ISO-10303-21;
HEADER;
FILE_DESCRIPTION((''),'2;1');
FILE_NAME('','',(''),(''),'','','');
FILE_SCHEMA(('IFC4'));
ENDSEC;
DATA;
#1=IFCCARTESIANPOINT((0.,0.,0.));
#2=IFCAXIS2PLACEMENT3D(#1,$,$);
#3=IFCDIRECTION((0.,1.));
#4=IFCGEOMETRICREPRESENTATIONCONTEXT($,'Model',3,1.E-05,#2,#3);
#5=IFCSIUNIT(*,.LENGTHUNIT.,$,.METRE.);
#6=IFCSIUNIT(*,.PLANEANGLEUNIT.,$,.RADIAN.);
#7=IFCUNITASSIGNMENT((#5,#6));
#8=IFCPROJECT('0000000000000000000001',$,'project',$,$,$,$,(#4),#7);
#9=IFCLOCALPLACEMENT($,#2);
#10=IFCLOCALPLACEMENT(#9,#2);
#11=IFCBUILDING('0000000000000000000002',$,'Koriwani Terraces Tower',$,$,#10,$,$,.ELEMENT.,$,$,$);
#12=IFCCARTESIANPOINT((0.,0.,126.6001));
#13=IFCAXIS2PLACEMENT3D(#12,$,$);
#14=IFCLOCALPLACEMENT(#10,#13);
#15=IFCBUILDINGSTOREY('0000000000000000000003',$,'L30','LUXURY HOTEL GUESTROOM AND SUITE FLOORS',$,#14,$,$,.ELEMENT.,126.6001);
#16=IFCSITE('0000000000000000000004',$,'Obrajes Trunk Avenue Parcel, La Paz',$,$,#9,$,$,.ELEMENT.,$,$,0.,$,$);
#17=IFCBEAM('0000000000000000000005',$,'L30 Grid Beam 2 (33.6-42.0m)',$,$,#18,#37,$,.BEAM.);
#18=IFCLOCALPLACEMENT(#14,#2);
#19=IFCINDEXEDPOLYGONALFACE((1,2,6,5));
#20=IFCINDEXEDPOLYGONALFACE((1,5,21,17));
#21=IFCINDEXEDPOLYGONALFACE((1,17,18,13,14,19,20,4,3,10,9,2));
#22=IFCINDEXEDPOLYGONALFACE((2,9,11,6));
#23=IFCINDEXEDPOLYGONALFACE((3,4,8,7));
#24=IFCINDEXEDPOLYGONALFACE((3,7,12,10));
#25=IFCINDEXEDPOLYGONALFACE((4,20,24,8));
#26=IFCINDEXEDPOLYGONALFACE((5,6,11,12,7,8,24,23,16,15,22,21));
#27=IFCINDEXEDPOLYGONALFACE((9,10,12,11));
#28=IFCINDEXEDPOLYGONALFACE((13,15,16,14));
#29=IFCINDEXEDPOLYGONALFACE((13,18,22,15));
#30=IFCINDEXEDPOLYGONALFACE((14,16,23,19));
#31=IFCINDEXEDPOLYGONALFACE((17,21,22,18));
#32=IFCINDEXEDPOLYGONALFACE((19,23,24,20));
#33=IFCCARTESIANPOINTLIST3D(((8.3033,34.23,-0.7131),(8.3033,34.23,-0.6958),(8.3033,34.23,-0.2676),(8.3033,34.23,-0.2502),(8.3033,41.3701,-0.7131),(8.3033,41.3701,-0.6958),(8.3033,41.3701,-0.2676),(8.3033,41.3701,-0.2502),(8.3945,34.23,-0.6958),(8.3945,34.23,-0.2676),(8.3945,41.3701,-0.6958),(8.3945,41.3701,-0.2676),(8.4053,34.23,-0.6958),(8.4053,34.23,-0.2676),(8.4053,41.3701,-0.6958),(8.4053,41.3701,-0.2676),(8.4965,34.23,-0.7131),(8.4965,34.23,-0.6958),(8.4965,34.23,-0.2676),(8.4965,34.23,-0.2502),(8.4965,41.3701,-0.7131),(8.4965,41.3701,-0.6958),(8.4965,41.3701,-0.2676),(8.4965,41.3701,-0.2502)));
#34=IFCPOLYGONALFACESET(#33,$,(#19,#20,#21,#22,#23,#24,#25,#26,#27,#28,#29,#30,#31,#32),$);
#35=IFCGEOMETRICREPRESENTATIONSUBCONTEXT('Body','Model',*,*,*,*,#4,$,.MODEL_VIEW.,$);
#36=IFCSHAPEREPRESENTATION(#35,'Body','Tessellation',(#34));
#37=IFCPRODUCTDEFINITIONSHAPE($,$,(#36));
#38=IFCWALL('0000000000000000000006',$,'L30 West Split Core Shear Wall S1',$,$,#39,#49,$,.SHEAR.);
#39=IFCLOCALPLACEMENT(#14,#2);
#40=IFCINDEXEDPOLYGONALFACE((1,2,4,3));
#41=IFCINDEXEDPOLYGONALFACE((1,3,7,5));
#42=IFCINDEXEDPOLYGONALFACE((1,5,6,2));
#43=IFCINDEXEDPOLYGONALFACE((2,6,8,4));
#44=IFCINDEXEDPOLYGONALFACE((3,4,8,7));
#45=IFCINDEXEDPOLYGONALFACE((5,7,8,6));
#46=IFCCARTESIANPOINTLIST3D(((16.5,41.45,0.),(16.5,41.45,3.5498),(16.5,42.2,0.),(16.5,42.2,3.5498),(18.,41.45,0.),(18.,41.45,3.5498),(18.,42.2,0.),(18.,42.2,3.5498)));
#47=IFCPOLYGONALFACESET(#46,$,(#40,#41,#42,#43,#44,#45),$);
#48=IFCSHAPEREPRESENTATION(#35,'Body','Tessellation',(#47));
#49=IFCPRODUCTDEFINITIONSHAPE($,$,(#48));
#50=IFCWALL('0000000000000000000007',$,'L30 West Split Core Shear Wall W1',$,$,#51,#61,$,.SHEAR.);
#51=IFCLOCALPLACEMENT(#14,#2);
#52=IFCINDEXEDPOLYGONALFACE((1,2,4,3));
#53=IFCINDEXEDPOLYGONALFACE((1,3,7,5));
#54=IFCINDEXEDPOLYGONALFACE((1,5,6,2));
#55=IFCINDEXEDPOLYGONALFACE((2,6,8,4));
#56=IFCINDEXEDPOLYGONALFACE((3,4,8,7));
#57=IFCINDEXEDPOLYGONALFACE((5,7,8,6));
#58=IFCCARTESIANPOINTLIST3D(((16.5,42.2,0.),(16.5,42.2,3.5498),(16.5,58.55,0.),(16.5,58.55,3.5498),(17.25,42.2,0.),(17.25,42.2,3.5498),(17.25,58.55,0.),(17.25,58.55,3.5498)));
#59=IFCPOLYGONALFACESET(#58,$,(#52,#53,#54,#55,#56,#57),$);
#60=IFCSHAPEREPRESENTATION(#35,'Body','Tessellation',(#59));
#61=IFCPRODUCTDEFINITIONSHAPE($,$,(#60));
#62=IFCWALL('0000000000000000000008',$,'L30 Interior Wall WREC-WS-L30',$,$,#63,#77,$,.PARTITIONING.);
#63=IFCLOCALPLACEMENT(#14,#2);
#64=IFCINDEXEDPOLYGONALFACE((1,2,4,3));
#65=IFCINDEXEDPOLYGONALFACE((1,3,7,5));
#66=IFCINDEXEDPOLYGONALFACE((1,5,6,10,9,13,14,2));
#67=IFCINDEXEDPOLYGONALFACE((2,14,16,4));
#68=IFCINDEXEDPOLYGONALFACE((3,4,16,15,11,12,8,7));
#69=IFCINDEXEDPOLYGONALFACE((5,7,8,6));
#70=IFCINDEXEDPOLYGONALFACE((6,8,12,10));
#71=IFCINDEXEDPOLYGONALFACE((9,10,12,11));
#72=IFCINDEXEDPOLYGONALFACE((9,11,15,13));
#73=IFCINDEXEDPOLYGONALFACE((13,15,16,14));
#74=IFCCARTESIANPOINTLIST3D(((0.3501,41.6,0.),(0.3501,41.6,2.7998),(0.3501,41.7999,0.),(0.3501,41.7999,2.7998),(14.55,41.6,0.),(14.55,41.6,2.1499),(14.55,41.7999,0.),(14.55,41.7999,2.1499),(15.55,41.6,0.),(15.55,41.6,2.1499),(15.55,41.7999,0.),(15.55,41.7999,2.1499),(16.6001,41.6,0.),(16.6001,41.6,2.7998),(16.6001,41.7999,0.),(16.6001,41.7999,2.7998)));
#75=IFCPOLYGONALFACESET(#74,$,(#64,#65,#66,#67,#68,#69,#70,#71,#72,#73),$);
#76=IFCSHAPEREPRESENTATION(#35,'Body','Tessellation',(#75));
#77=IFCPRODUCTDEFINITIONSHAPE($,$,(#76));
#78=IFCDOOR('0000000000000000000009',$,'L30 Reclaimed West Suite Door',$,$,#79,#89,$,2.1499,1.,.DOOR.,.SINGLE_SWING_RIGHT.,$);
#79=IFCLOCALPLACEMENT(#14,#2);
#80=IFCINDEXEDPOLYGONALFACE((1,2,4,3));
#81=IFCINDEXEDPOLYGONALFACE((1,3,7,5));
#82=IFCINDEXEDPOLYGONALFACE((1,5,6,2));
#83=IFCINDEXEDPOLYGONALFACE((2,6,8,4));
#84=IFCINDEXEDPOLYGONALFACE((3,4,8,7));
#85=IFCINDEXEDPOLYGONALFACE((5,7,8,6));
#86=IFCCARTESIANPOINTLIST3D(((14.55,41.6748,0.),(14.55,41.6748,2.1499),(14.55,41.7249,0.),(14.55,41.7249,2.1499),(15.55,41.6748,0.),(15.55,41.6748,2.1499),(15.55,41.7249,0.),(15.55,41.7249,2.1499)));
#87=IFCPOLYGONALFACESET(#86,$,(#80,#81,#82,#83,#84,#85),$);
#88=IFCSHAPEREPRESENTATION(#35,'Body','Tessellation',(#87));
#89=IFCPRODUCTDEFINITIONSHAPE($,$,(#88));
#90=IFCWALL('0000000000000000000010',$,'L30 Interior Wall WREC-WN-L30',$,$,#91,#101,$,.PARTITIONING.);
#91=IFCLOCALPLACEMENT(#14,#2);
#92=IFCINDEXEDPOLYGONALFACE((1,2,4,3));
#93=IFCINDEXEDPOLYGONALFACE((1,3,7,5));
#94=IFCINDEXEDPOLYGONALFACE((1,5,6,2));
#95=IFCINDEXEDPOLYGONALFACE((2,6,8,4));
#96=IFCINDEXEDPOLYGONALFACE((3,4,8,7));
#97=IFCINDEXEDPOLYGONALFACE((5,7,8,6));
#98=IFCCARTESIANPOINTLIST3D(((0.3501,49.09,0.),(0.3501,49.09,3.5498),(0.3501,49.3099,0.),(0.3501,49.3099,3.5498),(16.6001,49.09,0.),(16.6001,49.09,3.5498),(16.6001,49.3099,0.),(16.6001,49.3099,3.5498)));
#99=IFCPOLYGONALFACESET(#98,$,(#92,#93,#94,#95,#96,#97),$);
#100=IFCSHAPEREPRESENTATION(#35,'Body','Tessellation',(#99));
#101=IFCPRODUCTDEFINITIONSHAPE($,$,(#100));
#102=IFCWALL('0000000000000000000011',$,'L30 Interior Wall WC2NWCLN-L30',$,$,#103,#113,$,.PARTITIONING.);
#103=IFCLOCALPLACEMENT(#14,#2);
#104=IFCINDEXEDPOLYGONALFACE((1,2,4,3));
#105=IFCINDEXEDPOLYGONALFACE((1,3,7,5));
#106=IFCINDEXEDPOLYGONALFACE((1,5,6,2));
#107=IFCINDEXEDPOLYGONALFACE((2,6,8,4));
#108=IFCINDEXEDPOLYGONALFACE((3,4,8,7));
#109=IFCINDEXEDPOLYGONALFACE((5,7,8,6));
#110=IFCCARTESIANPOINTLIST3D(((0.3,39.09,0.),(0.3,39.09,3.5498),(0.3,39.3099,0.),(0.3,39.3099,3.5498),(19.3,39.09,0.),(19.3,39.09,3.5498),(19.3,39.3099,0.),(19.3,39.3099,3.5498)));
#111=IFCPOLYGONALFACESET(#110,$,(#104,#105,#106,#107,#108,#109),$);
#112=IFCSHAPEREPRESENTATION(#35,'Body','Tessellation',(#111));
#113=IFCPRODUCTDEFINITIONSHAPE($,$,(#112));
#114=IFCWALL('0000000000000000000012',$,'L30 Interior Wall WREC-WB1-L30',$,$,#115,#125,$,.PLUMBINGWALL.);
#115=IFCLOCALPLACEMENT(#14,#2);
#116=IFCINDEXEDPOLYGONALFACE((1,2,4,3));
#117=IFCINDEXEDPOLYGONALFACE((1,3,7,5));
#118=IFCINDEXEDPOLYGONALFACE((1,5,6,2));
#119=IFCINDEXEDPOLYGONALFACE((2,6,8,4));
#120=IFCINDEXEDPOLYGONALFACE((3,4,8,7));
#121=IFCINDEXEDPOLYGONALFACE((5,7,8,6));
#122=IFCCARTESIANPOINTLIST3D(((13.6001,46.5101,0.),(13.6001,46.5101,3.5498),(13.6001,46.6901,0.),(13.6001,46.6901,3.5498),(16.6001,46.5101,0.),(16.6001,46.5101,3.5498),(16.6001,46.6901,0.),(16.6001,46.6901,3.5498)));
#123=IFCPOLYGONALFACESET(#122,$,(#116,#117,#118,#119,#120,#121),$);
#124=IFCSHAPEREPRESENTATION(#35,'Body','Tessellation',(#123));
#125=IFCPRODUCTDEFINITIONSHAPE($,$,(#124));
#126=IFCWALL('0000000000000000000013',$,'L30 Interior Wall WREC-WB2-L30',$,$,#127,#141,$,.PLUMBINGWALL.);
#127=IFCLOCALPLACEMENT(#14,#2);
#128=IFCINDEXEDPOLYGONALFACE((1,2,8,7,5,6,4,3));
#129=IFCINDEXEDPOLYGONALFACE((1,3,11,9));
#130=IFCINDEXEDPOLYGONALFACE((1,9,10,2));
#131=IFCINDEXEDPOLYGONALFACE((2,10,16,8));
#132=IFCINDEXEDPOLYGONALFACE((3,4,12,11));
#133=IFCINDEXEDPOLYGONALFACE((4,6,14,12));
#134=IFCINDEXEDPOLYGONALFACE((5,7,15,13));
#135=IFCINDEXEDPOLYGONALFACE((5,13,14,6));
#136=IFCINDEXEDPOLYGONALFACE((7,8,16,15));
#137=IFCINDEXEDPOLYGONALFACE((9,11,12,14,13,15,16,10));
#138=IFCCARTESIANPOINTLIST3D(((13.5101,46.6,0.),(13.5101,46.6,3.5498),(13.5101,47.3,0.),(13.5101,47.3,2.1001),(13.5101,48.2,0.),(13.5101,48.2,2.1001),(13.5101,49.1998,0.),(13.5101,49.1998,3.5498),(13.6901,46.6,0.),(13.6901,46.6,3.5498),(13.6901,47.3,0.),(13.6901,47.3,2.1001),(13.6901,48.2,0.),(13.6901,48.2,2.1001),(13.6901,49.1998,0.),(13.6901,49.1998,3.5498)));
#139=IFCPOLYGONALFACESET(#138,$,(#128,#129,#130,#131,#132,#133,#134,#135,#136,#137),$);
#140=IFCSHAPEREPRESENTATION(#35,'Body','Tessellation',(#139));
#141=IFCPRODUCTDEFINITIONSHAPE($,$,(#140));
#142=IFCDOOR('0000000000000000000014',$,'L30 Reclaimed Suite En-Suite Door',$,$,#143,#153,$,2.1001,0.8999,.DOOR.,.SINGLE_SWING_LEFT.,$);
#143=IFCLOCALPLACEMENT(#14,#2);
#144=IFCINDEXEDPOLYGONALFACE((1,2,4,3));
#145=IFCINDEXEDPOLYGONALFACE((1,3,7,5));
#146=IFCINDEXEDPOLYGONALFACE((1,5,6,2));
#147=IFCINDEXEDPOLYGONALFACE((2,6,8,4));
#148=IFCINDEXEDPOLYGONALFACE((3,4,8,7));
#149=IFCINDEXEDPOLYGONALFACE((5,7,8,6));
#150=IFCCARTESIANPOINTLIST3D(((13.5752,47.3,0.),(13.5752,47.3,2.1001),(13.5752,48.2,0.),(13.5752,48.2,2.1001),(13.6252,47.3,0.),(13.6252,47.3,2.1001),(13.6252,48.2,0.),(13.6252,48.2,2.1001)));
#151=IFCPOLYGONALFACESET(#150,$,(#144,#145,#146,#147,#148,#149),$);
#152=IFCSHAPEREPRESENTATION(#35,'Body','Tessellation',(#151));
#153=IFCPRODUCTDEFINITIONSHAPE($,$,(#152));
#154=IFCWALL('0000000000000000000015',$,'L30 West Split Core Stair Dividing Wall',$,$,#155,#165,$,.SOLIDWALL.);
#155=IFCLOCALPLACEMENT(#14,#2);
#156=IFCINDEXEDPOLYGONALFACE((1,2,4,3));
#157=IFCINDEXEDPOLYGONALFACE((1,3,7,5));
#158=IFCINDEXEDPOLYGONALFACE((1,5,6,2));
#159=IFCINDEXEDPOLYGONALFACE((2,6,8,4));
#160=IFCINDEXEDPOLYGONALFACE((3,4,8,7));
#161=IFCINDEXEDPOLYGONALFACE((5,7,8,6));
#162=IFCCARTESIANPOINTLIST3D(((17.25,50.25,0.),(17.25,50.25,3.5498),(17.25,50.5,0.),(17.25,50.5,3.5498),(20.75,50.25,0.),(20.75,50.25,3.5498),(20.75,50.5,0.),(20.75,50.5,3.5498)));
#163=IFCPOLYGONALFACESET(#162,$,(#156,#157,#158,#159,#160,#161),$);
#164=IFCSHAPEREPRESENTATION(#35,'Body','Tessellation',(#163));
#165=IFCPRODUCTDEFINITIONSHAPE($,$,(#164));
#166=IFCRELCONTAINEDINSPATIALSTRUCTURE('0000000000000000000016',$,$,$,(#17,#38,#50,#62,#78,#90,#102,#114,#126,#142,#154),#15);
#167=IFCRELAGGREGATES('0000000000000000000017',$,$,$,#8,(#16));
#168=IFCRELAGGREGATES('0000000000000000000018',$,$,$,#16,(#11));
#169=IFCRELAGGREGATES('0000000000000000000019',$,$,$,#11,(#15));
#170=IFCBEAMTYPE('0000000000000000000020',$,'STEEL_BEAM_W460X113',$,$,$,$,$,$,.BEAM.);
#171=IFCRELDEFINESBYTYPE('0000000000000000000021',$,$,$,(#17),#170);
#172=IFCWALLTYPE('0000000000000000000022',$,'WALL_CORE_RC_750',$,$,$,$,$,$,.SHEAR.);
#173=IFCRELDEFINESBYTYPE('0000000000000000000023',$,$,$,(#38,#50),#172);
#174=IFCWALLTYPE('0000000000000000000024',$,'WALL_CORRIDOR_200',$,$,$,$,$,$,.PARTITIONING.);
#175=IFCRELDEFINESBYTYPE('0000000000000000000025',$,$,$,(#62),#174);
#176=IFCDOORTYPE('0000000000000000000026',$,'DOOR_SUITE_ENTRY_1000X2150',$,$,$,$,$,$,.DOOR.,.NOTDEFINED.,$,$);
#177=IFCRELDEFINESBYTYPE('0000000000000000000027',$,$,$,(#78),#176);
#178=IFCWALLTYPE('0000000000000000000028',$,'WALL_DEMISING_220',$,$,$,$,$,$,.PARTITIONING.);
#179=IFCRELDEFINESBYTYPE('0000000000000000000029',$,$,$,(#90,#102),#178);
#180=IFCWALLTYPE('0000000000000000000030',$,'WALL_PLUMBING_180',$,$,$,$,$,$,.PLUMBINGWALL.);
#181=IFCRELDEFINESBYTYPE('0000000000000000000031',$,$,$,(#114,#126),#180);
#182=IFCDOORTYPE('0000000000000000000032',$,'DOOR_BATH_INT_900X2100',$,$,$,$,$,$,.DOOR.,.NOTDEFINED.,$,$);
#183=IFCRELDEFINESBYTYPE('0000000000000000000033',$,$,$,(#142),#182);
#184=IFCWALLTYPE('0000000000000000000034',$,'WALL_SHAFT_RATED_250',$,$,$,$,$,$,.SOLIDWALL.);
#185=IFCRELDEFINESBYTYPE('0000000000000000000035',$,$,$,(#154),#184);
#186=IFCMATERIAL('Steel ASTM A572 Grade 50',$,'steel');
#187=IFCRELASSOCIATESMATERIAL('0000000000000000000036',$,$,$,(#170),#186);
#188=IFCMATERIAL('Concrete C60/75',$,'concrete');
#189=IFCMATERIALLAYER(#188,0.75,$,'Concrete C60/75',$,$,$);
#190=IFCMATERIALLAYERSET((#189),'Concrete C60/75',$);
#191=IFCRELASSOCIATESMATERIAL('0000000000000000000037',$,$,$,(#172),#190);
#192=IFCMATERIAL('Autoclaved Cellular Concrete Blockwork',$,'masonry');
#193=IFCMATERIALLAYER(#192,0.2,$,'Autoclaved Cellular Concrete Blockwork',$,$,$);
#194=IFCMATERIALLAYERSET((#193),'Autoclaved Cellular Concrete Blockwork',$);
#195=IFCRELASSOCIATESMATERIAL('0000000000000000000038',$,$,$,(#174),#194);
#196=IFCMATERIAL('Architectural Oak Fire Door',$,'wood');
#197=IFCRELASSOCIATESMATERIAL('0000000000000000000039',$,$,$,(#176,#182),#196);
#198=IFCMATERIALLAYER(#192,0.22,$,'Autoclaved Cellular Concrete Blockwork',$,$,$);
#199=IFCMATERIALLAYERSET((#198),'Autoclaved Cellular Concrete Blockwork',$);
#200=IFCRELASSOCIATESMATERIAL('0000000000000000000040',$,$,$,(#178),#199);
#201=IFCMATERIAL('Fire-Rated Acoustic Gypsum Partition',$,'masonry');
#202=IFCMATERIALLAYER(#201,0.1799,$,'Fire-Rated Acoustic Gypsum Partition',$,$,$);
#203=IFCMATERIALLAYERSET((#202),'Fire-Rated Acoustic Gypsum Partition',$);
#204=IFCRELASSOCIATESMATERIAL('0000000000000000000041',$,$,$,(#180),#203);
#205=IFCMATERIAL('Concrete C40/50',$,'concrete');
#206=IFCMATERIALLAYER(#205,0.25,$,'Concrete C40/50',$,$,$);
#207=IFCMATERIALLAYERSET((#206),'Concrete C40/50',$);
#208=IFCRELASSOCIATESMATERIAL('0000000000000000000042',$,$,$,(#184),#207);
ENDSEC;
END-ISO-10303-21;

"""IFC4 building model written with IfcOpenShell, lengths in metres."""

from ifc_helpers import new_model, si_unit, direction, frame, frame_2d, origin, origin_2d, place, context, subcontext, project, spatial, rectangle, i_section, extrude, material, layer, layer_set, material_profile, profile_set, type_object, element, fill, save


model = new_model("IFC4")

# Units and contexts
model_context = context("Model", 3, precision=1e-05, world=origin(), true_north=direction((0.0, 1.0)))
body_context = subcontext(model_context, "Body", "Model", "MODEL_VIEW")
ifc_project = project(units=[si_unit("LENGTHUNIT", "METRE"), si_unit("PLANEANGLEUNIT", "RADIAN")], contexts=[model_context])

# Site, building, storey
site_placement = place(None, origin())
site = spatial("IfcSite", under=ifc_project, at=site_placement, Name="Obrajes Trunk Avenue Parcel, La Paz", CompositionType="ELEMENT", RefElevation=0.0)
building_placement = place(site_placement, origin())
building = spatial("IfcBuilding", under=site, at=building_placement, Name="Koriwani Terraces Tower", CompositionType="ELEMENT")
storey_placement = place(building_placement, frame((0.0, 0.0, 126.6001)))
storey = spatial("IfcBuildingStorey", under=building, at=storey_placement, Name="L30", Description="LUXURY HOTEL GUESTROOM AND SUITE FLOORS", CompositionType="ELEMENT", Elevation=126.6001)

# Shared definitions
ifc_material_1 = material(Name="Concrete C60/75", Category="concrete")

# Beam
ifc_material_2 = material(Name="Concrete C40/50", Category="concrete")
ifc_material_3 = material(Name="Steel ASTM A572 Grade 50", Category="steel")
ifc_material_profile_1 = material_profile(ifc_material_3, i_section(OverallWidth=0.1931, OverallDepth=0.4629, WebThickness=0.0107, FlangeThickness=0.0173, at=origin_2d()), Name="Steel ASTM A572 Grade 50", Category="LoadBearing")
ifc_profile_set_1 = profile_set([ifc_material_profile_1], Name="Steel ASTM A572 Grade 50")
beam_type_1 = type_object("IfcBeamType", Name="STEEL_BEAM_W460X113", PredefinedType="BEAM", material=ifc_profile_set_1)
for number, where, z_axis, x_axis, name in (
    (1, (8.3999, 34.23, -0.4817), (0.0, 1.0, 0.0), (-1.0, 0.0, 0.0), "L30 Grid Beam 2 (33.6-42.0m)"),
):
    element("IfcBeam", number, at=place(storey_placement, frame(where, z_axis=z_axis, x_axis=x_axis)), inside=storey, type_object=beam_type_1, Name=name, PredefinedType="BEAM", context=body_context, shape_type="SweptSolid", body=[
        extrude(i_section(OverallWidth=0.1931, OverallDepth=0.4629, WebThickness=0.0107, FlangeThickness=0.0173, at=origin_2d()), origin(), (0.0, 0.0, 1.0), 7.1401),
    ])

# Walls
ifc_layer_1 = layer(ifc_material_1, 0.75, Name="Concrete C60/75")
ifc_layer_set_1 = layer_set([ifc_layer_1], Name="Concrete C60/75")
wall_type_1 = type_object("IfcWallType", Name="WALL_CORE_RC_750", PredefinedType="SHEAR", material=ifc_layer_set_1)
wall_1_placement = place(storey_placement, frame((16.5, 41.825, 0.0), z_axis=(0.0, 0.0, 1.0), x_axis=(1.0, 0.0, 0.0)))
element("IfcWall", 2, at=wall_1_placement, inside=storey, type_object=wall_type_1, Name="L30 West Split Core Shear Wall S1", PredefinedType="SHEAR", context=body_context, shape_type="SweptSolid", body=[
    extrude(rectangle(XDim=1.5, YDim=0.75, at=frame_2d((0.75, 0.0))), origin(), (0.0, 0.0, 1.0), 3.5498),
])
wall_2_placement = place(storey_placement, frame((16.875, 42.2, 0.0), z_axis=(0.0, 0.0, 1.0), x_axis=(0.0, 1.0, 0.0)))
element("IfcWall", 3, at=wall_2_placement, inside=storey, type_object=wall_type_1, Name="L30 West Split Core Shear Wall W1", PredefinedType="SHEAR", context=body_context, shape_type="SweptSolid", body=[
    extrude(rectangle(XDim=16.3501, YDim=0.75, at=frame_2d((8.175, 0.0))), origin(), (0.0, 0.0, 1.0), 3.5498),
])

# Wall, opening, door
ifc_material_4 = material(Name="Autoclaved Cellular Concrete Blockwork", Category="masonry")
ifc_layer_2 = layer(ifc_material_4, 0.2, Name="Autoclaved Cellular Concrete Blockwork")
ifc_layer_set_2 = layer_set([ifc_layer_2], Name="Autoclaved Cellular Concrete Blockwork")
wall_type_2 = type_object("IfcWallType", Name="WALL_CORRIDOR_200", PredefinedType="PARTITIONING", material=ifc_layer_set_2)
wall_3_placement = place(storey_placement, frame((0.3501, 41.7, 0.0), z_axis=(0.0, 0.0, 1.0), x_axis=(1.0, 0.0, 0.0)))
wall_3 = element("IfcWall", 4, at=wall_3_placement, inside=storey, type_object=wall_type_2, Name="L30 Interior Wall WREC-WS-L30", PredefinedType="PARTITIONING", context=body_context, shape_type="SweptSolid", body=[
    extrude(rectangle(XDim=16.25, YDim=0.2, at=frame_2d((8.125, 0.0))), origin(), (0.0, 0.0, 1.0), 2.7998),
])
opening_1_placement = place(wall_3_placement, frame((14.2, 0.0, 0.0)))
opening_1 = element("IfcOpeningElement", 5, at=opening_1_placement, cuts=wall_3, PredefinedType="OPENING", context=body_context, shape_type="SweptSolid", body=[
    extrude(rectangle(XDim=1.0, YDim=2.1499, at=frame_2d((0.5, 1.075))), frame((0.0, 0.1099, 0.0), z_axis=(0.0, -1.0, 0.0), x_axis=(1.0, 0.0, 0.0)), (0.0, 0.0, 1.0), 0.22),
])
ifc_material_5 = material(Name="Architectural Oak Fire Door", Category="wood")
door_type_1 = type_object("IfcDoorType", Name="DOOR_SUITE_ENTRY_1000X2150", OperationType="NOTDEFINED", PredefinedType="DOOR", material=ifc_material_5)
door_1_placement = place(opening_1_placement, origin())
door_1 = element("IfcDoor", 6, at=door_1_placement, inside=storey, type_object=door_type_1, Name="L30 Reclaimed West Suite Door", OperationType="SINGLE_SWING_RIGHT", OverallHeight=2.1499, OverallWidth=1.0, PredefinedType="DOOR", context=body_context, shape_type="SweptSolid", body=[
    extrude(rectangle(XDim=1.0, YDim=2.1499, at=frame_2d((0.5, 1.075))), frame((0.0, 0.0249, 0.0), z_axis=(0.0, -1.0, 0.0), x_axis=(1.0, 0.0, 0.0)), (0.0, 0.0, 1.0), 0.05),
])
fill(opening_1, door_1)

# Walls
ifc_layer_3 = layer(ifc_material_4, 0.22, Name="Autoclaved Cellular Concrete Blockwork")
ifc_layer_set_3 = layer_set([ifc_layer_3], Name="Autoclaved Cellular Concrete Blockwork")
wall_type_3 = type_object("IfcWallType", Name="WALL_DEMISING_220", PredefinedType="PARTITIONING", material=ifc_layer_set_3)
wall_4_placement = place(storey_placement, frame((0.3501, 49.2, 0.0), z_axis=(0.0, 0.0, 1.0), x_axis=(1.0, 0.0, 0.0)))
element("IfcWall", 7, at=wall_4_placement, inside=storey, type_object=wall_type_3, Name="L30 Interior Wall WREC-WN-L30", PredefinedType="PARTITIONING", context=body_context, shape_type="SweptSolid", body=[
    extrude(rectangle(XDim=16.25, YDim=0.22, at=frame_2d((8.125, 0.0))), origin(), (0.0, 0.0, 1.0), 3.5498),
])
wall_5_placement = place(storey_placement, frame((0.3, 39.2, 0.0), z_axis=(0.0, 0.0, 1.0), x_axis=(1.0, 0.0, 0.0)))
element("IfcWall", 8, at=wall_5_placement, inside=storey, type_object=wall_type_3, Name="L30 Interior Wall WC2NWCLN-L30", PredefinedType="PARTITIONING", context=body_context, shape_type="SweptSolid", body=[
    extrude(rectangle(XDim=19.0, YDim=0.22, at=frame_2d((9.5, 0.0))), origin(), (0.0, 0.0, 1.0), 3.5498),
])
ifc_material_6 = material(Name="Fire-Rated Acoustic Gypsum Partition", Category="masonry")
ifc_layer_4 = layer(ifc_material_6, 0.1799, Name="Fire-Rated Acoustic Gypsum Partition")
ifc_layer_set_4 = layer_set([ifc_layer_4], Name="Fire-Rated Acoustic Gypsum Partition")
wall_type_4 = type_object("IfcWallType", Name="WALL_PLUMBING_180", PredefinedType="PLUMBINGWALL", material=ifc_layer_set_4)
wall_6_placement = place(storey_placement, frame((13.6001, 46.6001, 0.0), z_axis=(0.0, 0.0, 1.0), x_axis=(1.0, 0.0, 0.0)))
element("IfcWall", 9, at=wall_6_placement, inside=storey, type_object=wall_type_4, Name="L30 Interior Wall WREC-WB1-L30", PredefinedType="PLUMBINGWALL", context=body_context, shape_type="SweptSolid", body=[
    extrude(rectangle(XDim=3.0, YDim=0.1799, at=frame_2d((1.5, 0.0))), origin(), (0.0, 0.0, 1.0), 3.5498),
])

# Wall, opening, door
wall_7_placement = place(storey_placement, frame((13.6001, 46.6001, 0.0), z_axis=(0.0, 0.0, 1.0), x_axis=(0.0, 1.0, 0.0)))
wall_7 = element("IfcWall", 10, at=wall_7_placement, inside=storey, type_object=wall_type_4, Name="L30 Interior Wall WREC-WB2-L30", PredefinedType="PLUMBINGWALL", context=body_context, shape_type="SweptSolid", body=[
    extrude(rectangle(XDim=2.5999, YDim=0.1799, at=frame_2d((1.2998, 0.0))), origin(), (0.0, 0.0, 1.0), 3.5498),
])
opening_2_placement = place(wall_7_placement, frame((0.7, 0.0, 0.0)))
opening_2 = element("IfcOpeningElement", 11, at=opening_2_placement, cuts=wall_7, PredefinedType="OPENING", context=body_context, shape_type="SweptSolid", body=[
    extrude(rectangle(XDim=0.8999, YDim=2.1001, at=frame_2d((0.45, 1.05))), frame((0.0, 0.1001, 0.0), z_axis=(0.0, -1.0, 0.0), x_axis=(1.0, 0.0, 0.0)), (0.0, 0.0, 1.0), 0.2),
])
door_type_2 = type_object("IfcDoorType", Name="DOOR_BATH_INT_900X2100", OperationType="NOTDEFINED", PredefinedType="DOOR", material=ifc_material_5)
door_2_placement = place(opening_2_placement, origin())
door_2 = element("IfcDoor", 12, at=door_2_placement, inside=storey, type_object=door_type_2, Name="L30 Reclaimed Suite En-Suite Door", OperationType="SINGLE_SWING_LEFT", OverallHeight=2.1001, OverallWidth=0.8999, PredefinedType="DOOR", context=body_context, shape_type="SweptSolid", body=[
    extrude(rectangle(XDim=0.8999, YDim=2.1001, at=frame_2d((0.45, 1.05))), frame((0.0, 0.0249, 0.0), z_axis=(0.0, -1.0, 0.0), x_axis=(1.0, 0.0, 0.0)), (0.0, 0.0, 1.0), 0.05),
])
fill(opening_2, door_2)

# Wall
ifc_layer_5 = layer(ifc_material_2, 0.25, Name="Concrete C40/50")
ifc_layer_set_5 = layer_set([ifc_layer_5], Name="Concrete C40/50")
wall_type_5 = type_object("IfcWallType", Name="WALL_SHAFT_RATED_250", PredefinedType="SOLIDWALL", material=ifc_layer_set_5)
wall_8_placement = place(storey_placement, frame((17.25, 50.375, 0.0), z_axis=(0.0, 0.0, 1.0), x_axis=(1.0, 0.0, 0.0)))
element("IfcWall", 13, at=wall_8_placement, inside=storey, type_object=wall_type_5, Name="L30 West Split Core Stair Dividing Wall", PredefinedType="SOLIDWALL", context=body_context, shape_type="SweptSolid", body=[
    extrude(rectangle(XDim=3.5, YDim=0.25, at=frame_2d((1.75, 0.0))), origin(), (0.0, 0.0, 1.0), 3.5498),
])

save(model, "model.ifc")
